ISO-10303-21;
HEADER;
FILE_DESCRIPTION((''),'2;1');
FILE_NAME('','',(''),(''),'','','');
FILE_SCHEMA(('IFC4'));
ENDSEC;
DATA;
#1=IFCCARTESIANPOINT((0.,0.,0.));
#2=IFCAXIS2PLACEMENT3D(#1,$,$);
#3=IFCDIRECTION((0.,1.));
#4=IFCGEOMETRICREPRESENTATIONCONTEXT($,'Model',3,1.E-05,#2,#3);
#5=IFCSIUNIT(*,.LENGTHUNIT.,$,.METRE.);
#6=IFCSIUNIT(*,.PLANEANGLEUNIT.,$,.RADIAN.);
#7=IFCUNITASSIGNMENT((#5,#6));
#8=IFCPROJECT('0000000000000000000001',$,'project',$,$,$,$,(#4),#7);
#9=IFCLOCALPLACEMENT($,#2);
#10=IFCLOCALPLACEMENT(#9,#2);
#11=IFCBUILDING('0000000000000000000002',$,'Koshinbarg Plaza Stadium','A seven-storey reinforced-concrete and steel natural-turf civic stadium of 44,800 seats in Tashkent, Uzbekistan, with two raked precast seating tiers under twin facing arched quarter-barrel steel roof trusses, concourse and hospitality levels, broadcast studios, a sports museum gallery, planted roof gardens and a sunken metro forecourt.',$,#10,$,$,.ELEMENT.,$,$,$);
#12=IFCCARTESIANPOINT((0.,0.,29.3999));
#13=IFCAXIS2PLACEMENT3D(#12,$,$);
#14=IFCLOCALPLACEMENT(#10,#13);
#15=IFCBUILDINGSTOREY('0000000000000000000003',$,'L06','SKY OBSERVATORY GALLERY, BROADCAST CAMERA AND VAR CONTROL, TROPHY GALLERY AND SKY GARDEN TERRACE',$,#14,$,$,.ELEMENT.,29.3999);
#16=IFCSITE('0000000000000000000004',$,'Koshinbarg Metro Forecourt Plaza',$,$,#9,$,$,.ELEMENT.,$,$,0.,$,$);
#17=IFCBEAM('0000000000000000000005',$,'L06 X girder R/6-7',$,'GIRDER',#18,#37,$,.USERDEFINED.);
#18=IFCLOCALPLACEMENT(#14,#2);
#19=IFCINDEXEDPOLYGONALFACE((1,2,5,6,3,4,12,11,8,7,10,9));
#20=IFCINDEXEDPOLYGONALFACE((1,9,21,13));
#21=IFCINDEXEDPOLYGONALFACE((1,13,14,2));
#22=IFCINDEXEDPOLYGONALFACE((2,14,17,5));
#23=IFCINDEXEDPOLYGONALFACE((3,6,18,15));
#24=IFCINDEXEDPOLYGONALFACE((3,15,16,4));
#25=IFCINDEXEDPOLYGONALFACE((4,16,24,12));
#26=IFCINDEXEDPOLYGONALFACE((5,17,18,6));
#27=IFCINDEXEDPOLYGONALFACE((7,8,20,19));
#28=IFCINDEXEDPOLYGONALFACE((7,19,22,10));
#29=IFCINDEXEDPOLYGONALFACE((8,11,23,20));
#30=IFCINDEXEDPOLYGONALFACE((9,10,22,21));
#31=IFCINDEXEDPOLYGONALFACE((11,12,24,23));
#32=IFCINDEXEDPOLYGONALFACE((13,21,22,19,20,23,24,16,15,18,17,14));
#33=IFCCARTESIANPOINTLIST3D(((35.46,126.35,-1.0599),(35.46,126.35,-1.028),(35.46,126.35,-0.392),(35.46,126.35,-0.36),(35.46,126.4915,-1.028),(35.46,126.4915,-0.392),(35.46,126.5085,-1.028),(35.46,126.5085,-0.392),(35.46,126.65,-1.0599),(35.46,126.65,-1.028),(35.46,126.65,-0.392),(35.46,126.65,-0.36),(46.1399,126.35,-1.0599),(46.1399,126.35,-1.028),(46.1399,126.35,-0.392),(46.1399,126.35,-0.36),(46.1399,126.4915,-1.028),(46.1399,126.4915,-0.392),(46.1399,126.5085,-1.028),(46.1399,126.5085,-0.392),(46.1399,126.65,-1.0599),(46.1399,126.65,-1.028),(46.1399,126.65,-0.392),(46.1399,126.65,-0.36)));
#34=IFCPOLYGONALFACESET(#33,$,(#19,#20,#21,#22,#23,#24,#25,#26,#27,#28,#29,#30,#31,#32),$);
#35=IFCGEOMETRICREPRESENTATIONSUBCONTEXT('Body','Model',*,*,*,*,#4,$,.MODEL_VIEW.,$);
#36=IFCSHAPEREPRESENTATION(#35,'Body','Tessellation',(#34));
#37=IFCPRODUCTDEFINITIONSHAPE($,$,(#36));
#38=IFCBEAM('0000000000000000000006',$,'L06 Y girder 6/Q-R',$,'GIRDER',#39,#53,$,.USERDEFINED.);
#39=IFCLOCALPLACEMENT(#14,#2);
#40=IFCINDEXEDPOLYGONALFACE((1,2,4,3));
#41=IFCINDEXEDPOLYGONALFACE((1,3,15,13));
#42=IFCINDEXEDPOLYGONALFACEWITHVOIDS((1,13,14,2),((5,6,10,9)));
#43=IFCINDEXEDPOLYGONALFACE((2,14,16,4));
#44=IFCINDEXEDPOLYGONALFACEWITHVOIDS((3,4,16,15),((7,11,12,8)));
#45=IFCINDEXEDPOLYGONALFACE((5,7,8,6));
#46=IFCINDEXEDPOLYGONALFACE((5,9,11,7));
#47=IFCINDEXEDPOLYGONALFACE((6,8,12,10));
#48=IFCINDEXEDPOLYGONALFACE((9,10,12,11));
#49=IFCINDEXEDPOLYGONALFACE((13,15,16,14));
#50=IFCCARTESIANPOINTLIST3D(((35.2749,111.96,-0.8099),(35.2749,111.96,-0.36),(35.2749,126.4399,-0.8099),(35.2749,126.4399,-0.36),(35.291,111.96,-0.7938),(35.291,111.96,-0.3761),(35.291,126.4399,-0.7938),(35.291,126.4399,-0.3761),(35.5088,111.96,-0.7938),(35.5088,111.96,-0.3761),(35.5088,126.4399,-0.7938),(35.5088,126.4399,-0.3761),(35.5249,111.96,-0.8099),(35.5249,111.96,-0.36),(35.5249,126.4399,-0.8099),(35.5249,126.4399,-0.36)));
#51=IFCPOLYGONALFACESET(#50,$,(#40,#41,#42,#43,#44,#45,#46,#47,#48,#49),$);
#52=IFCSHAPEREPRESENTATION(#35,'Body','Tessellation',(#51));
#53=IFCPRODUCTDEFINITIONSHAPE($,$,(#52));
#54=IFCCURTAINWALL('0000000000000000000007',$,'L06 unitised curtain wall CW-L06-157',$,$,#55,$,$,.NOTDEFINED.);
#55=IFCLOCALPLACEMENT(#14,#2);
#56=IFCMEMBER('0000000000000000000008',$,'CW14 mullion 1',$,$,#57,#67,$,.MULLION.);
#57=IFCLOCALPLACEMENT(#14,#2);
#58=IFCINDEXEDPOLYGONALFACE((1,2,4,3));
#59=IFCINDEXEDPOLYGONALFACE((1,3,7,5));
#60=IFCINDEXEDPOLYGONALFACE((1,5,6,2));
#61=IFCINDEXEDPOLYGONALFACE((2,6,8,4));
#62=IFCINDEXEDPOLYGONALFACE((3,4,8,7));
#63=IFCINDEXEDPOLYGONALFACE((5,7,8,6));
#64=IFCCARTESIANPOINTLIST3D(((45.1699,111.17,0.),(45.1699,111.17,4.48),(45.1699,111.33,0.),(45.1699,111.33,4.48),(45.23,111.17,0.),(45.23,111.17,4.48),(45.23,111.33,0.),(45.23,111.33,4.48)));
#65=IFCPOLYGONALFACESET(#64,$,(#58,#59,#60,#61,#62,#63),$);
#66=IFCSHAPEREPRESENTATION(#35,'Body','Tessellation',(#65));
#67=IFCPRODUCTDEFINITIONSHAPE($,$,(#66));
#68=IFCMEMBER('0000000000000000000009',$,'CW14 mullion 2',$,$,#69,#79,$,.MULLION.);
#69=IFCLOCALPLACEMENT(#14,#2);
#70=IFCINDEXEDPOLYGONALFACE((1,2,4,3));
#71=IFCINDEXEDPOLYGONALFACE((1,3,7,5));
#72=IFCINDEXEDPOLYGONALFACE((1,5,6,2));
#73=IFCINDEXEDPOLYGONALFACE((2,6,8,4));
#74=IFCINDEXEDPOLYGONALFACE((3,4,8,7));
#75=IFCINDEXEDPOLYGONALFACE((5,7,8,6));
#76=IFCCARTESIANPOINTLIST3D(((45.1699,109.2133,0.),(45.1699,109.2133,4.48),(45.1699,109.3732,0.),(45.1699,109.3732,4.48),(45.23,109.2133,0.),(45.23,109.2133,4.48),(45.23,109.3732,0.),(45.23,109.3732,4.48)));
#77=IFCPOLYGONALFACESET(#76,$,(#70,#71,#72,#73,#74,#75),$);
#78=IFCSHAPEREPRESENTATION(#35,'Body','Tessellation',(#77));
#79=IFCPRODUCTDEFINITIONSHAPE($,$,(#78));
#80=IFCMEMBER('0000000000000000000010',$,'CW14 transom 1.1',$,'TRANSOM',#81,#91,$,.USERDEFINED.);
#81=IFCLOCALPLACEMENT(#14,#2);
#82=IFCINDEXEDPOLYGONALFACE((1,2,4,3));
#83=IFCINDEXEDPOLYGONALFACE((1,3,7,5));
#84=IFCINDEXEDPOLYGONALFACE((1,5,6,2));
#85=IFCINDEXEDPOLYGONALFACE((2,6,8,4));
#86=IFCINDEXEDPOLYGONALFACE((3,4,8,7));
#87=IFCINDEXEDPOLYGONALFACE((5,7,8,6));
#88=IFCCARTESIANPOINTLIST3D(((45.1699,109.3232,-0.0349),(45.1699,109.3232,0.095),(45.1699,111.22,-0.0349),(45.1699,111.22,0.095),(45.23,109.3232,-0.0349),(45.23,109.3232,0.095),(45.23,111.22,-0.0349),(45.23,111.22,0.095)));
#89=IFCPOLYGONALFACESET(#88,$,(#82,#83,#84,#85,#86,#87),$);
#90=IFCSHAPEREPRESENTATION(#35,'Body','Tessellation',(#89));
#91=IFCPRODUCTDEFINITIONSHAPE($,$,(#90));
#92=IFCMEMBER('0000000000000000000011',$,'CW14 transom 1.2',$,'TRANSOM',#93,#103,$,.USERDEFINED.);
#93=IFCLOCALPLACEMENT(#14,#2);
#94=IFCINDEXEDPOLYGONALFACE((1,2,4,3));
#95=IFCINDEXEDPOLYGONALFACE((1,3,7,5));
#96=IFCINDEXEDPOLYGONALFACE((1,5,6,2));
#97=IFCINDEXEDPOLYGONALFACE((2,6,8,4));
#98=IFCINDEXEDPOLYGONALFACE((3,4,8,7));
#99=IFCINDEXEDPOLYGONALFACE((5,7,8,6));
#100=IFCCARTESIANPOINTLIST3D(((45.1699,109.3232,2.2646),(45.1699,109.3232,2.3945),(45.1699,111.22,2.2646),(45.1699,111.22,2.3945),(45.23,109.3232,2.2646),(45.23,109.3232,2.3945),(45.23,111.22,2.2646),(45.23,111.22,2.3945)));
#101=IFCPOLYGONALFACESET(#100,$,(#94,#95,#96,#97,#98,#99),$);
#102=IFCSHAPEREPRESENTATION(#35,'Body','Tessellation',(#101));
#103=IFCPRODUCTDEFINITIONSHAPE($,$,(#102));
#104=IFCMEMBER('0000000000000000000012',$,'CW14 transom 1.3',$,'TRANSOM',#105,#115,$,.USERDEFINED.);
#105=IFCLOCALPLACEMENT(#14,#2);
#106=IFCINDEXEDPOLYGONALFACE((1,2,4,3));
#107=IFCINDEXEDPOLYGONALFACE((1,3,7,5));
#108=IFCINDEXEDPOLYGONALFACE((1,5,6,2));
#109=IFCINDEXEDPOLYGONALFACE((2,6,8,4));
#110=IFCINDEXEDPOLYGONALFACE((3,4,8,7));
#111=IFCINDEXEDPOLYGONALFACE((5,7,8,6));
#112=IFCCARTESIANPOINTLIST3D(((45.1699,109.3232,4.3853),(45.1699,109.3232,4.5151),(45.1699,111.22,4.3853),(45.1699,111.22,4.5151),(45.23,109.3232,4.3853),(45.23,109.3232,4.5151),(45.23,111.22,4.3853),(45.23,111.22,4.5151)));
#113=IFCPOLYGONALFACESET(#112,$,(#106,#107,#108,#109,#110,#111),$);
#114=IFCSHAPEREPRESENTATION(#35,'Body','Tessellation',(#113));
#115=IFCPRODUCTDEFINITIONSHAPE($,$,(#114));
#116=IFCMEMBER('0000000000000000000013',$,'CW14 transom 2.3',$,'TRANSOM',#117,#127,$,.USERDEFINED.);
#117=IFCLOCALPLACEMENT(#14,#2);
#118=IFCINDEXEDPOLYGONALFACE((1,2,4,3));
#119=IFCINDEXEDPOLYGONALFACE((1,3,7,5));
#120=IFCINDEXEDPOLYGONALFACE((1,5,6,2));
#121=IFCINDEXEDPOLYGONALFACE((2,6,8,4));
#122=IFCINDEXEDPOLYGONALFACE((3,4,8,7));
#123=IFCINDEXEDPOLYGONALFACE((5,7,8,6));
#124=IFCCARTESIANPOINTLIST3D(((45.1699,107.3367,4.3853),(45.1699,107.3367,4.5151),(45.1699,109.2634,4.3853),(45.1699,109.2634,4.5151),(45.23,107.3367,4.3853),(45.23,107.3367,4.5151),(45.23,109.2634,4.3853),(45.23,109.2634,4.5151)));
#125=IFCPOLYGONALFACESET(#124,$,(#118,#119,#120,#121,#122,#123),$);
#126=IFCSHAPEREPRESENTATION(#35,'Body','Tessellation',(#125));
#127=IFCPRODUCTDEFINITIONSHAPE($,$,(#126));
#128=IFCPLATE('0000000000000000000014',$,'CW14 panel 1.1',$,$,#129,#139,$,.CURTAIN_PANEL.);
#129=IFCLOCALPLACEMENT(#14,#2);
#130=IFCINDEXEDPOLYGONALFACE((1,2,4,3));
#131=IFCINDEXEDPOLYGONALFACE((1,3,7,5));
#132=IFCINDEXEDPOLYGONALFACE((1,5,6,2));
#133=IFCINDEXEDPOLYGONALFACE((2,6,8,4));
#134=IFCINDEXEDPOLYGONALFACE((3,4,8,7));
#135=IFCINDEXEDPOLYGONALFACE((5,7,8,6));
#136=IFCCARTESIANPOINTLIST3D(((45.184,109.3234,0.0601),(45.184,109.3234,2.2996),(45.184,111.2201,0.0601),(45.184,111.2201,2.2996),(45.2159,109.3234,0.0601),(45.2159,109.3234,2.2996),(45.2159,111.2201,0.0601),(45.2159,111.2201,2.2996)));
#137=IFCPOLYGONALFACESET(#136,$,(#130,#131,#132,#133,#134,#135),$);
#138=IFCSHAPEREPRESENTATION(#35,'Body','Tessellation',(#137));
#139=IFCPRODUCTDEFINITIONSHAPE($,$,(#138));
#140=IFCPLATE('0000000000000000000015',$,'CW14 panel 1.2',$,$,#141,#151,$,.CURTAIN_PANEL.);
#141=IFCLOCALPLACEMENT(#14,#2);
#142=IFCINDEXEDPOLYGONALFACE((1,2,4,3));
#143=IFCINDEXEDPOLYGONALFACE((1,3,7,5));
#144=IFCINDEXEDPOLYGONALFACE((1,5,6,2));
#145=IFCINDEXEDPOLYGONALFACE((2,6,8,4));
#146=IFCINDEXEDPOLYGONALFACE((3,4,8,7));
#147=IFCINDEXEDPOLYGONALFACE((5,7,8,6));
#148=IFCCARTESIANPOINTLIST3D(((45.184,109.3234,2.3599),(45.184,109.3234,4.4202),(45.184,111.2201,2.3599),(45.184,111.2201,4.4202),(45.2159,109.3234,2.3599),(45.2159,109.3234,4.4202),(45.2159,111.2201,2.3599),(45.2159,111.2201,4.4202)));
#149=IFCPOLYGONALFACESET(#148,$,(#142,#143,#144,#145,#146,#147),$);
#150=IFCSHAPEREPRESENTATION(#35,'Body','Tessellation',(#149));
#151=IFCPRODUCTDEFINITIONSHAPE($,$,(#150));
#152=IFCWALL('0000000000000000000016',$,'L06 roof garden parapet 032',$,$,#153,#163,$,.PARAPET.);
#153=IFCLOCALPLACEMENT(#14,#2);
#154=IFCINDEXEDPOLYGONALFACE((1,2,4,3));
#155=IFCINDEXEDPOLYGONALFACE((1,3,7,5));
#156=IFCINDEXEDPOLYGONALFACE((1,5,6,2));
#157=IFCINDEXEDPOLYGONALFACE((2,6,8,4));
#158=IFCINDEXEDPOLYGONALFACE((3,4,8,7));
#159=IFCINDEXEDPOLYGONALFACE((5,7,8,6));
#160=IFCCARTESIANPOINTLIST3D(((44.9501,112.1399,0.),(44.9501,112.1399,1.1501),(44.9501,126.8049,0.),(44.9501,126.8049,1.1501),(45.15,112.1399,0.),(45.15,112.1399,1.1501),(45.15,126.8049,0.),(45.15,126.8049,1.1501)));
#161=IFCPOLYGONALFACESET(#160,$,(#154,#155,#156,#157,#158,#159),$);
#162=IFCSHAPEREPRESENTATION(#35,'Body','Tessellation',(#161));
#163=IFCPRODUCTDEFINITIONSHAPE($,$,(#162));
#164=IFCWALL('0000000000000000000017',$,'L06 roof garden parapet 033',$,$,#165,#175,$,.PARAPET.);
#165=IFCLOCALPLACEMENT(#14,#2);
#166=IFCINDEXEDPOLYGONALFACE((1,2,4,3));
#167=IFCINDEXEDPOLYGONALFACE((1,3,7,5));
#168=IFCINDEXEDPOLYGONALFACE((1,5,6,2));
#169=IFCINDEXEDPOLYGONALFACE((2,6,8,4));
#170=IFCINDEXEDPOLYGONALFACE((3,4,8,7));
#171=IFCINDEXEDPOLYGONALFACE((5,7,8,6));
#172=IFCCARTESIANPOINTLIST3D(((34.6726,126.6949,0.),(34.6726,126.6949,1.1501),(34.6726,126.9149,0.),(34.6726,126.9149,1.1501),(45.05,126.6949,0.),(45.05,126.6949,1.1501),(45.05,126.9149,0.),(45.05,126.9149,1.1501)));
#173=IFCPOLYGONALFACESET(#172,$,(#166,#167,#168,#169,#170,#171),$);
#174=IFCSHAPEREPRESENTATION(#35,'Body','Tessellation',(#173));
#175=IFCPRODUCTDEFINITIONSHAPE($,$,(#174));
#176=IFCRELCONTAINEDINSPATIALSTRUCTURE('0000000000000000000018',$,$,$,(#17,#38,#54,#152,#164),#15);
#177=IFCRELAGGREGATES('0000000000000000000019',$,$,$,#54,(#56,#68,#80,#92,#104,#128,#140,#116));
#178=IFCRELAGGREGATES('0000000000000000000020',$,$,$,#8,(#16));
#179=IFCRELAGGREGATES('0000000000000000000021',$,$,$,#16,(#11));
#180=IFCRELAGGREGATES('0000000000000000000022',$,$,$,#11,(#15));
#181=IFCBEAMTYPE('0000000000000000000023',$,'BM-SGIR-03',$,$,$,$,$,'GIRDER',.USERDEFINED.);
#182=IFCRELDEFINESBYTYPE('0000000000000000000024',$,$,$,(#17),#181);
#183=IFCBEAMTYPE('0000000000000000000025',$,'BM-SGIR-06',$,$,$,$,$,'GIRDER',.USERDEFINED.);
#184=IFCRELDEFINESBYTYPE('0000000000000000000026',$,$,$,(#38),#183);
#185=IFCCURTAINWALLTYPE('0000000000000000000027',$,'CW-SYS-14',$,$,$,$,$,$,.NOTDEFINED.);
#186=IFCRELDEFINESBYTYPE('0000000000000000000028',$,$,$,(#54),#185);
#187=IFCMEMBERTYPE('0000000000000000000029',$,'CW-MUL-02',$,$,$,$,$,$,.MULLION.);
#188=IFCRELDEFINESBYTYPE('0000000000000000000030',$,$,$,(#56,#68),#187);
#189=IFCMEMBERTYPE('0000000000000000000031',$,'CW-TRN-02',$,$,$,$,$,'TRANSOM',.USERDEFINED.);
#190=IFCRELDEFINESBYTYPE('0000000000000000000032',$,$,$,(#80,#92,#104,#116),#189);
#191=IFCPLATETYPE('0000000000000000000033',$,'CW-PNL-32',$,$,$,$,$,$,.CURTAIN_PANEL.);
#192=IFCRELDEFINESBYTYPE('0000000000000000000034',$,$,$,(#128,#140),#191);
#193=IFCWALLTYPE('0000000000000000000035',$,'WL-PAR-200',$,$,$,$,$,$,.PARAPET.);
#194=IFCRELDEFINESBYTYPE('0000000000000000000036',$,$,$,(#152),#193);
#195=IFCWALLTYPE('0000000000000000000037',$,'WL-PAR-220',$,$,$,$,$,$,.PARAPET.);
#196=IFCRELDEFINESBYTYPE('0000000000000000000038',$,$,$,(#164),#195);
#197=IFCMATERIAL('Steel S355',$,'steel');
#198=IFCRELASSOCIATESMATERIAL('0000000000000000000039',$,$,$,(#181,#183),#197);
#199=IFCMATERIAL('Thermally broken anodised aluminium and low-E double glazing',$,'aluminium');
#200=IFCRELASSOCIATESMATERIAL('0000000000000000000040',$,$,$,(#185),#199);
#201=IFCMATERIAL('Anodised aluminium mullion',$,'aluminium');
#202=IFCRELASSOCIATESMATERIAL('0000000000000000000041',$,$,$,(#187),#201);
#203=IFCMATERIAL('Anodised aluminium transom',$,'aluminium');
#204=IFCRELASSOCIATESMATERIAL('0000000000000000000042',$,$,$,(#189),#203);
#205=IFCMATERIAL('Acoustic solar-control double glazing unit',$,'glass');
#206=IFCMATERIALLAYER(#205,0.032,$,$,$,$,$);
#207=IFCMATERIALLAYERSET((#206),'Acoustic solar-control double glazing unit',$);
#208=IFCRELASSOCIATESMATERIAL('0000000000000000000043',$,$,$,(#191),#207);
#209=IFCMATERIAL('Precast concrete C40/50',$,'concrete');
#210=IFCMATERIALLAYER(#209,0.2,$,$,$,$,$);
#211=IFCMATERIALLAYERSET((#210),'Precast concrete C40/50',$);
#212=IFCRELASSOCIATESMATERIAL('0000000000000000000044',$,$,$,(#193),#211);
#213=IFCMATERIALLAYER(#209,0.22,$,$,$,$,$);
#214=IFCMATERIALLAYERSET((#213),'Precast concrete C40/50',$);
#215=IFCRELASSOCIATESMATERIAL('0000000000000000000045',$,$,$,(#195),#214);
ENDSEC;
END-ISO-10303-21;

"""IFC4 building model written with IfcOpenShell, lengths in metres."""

from ifc_helpers import new_model, si_unit, direction, frame, frame_2d, origin, origin_2d, place, context, subcontext, project, spatial, rectangle, hollow_rectangle, i_section, extrude, material, layer, layer_set, material_profile, profile_set, type_object, element, aggregate, save


model = new_model("IFC4")

# Units and contexts
model_context = context("Model", 3, precision=1e-05, world=origin(), true_north=direction((0.0, 1.0)))
body_context = subcontext(model_context, "Body", "Model", "MODEL_VIEW")
ifc_project = project(units=[si_unit("LENGTHUNIT", "METRE"), si_unit("PLANEANGLEUNIT", "RADIAN")], contexts=[model_context])

# Site, building, storey
site_placement = place(None, origin())
site = spatial("IfcSite", under=ifc_project, at=site_placement, Name="Koshinbarg Metro Forecourt Plaza", CompositionType="ELEMENT", RefElevation=0.0)
building_placement = place(site_placement, origin())
building = spatial("IfcBuilding", under=site, at=building_placement, Name="Koshinbarg Plaza Stadium", Description="A seven-storey reinforced-concrete and steel natural-turf civic stadium of 44,800 seats in Tashkent, Uzbekistan, with two raked precast seating tiers under twin facing arched quarter-barrel steel roof trusses, concourse and hospitality levels, broadcast studios, a sports museum gallery, planted roof gardens and a sunken metro forecourt.", CompositionType="ELEMENT")
storey_placement = place(building_placement, frame((0.0, 0.0, 29.3999)))
storey = spatial("IfcBuildingStorey", under=building, at=storey_placement, Name="L06", Description="SKY OBSERVATORY GALLERY, BROADCAST CAMERA AND VAR CONTROL, TROPHY GALLERY AND SKY GARDEN TERRACE", CompositionType="ELEMENT", Elevation=29.3999)

# Beams
ifc_material_1 = material(Name="Steel S355", Category="steel")
ifc_material_profile_1 = material_profile(ifc_material_1, i_section(OverallWidth=0.3, OverallDepth=0.7, WebThickness=0.0171, FlangeThickness=0.032, at=origin_2d()), Name="HEB 700")
ifc_profile_set_1 = profile_set([ifc_material_profile_1], Name="Steel S355")
beam_type_1 = type_object("IfcBeamType", Name="BM-SGIR-03", ElementType="GIRDER", PredefinedType="USERDEFINED", material=ifc_profile_set_1)
beam_1_placement = place(storey_placement, frame((35.46, 126.5, -0.71), z_axis=(1.0, 0.0, 0.0), x_axis=(0.0, 1.0, 0.0)))
element("IfcBeam", 1, at=beam_1_placement, inside=storey, type_object=beam_type_1, Name="L06 X girder R/6-7", ObjectType="GIRDER", PredefinedType="USERDEFINED", context=body_context, shape_type="SweptSolid", body=[
    extrude(i_section(OverallWidth=0.3, OverallDepth=0.7, WebThickness=0.0171, FlangeThickness=0.032, at=origin_2d()), origin(), (0.0, 0.0, 1.0), 10.6799),
])
ifc_material_profile_2 = material_profile(ifc_material_1, hollow_rectangle(XDim=0.25, YDim=0.45, WallThickness=0.0161, at=origin_2d()), Name="RHS 450x250x16")
ifc_profile_set_2 = profile_set([ifc_material_profile_2], Name="Steel S355")
beam_type_2 = type_object("IfcBeamType", Name="BM-SGIR-06", ElementType="GIRDER", PredefinedType="USERDEFINED", material=ifc_profile_set_2)
beam_2_placement = place(storey_placement, frame((35.3999, 111.96, -0.585), z_axis=(0.0, 1.0, 0.0), x_axis=(-1.0, 0.0, 0.0)))
element("IfcBeam", 2, at=beam_2_placement, inside=storey, type_object=beam_type_2, Name="L06 Y girder 6/Q-R", ObjectType="GIRDER", PredefinedType="USERDEFINED", context=body_context, shape_type="SweptSolid", body=[
    extrude(hollow_rectangle(XDim=0.25, YDim=0.45, WallThickness=0.0161, at=origin_2d()), origin(), (0.0, 0.0, 1.0), 14.48),
])

# Curtain wall, members, plates
ifc_material_2 = material(Name="Thermally broken anodised aluminium and low-E double glazing", Category="aluminium")
curtain_wall_type = type_object("IfcCurtainWallType", Name="CW-SYS-14", PredefinedType="NOTDEFINED", material=ifc_material_2)
curtain_wall_placement = place(storey_placement, origin())
curtain_wall = element("IfcCurtainWall", 3, at=curtain_wall_placement, inside=storey, type_object=curtain_wall_type, Name="L06 unitised curtain wall CW-L06-157", PredefinedType="NOTDEFINED")
ifc_material_3 = material(Name="Anodised aluminium mullion", Category="aluminium")
ifc_material_profile_3 = material_profile(ifc_material_3, rectangle(XDim=0.0601, YDim=0.1599, at=origin_2d()), Name="ALU 60x160")
ifc_profile_set_3 = profile_set([ifc_material_profile_3], Name="Anodised aluminium mullion")
member_type_1 = type_object("IfcMemberType", Name="CW-MUL-02", PredefinedType="MULLION", material=ifc_profile_set_3)
member_1_placement = place(storey_placement, frame((45.2, 111.25, 0.0), z_axis=(0.0, 0.0, 1.0), x_axis=(1.0, 0.0, 0.0)))
member_1 = element("IfcMember", 4, at=member_1_placement, type_object=member_type_1, Name="CW14 mullion 1", PredefinedType="MULLION", context=body_context, shape_type="SweptSolid", body=[
    extrude(rectangle(XDim=0.0601, YDim=0.1599, at=origin_2d()), origin(), (0.0, 0.0, 1.0), 4.48),
])
member_2_placement = place(storey_placement, frame((45.2, 109.2932, 0.0), z_axis=(0.0, 0.0, 1.0), x_axis=(1.0, 0.0, 0.0)))
member_2 = element("IfcMember", 5, at=member_2_placement, type_object=member_type_1, Name="CW14 mullion 2", PredefinedType="MULLION", context=body_context, shape_type="SweptSolid", body=[
    extrude(rectangle(XDim=0.0601, YDim=0.1599, at=origin_2d()), origin(), (0.0, 0.0, 1.0), 4.48),
])
ifc_material_4 = material(Name="Anodised aluminium transom", Category="aluminium")
ifc_material_profile_4 = material_profile(ifc_material_4, rectangle(XDim=0.0601, YDim=0.1299, at=origin_2d()), Name="ALU 60x130")
ifc_profile_set_4 = profile_set([ifc_material_profile_4], Name="Anodised aluminium transom")
member_type_2 = type_object("IfcMemberType", Name="CW-TRN-02", ElementType="TRANSOM", PredefinedType="USERDEFINED", material=ifc_profile_set_4)
member_3_placement = place(storey_placement, frame((45.2, 111.22, 0.03), z_axis=(0.0, -1.0, 0.0), x_axis=(1.0, 0.0, 0.0)))
member_3 = element("IfcMember", 6, at=member_3_placement, type_object=member_type_2, Name="CW14 transom 1.1", ObjectType="TRANSOM", PredefinedType="USERDEFINED", context=body_context, shape_type="SweptSolid", body=[
    extrude(rectangle(XDim=0.0601, YDim=0.1299, at=origin_2d()), origin(), (0.0, 0.0, 1.0), 1.8967),
])
member_4_placement = place(storey_placement, frame((45.2, 111.22, 2.3296), z_axis=(0.0, -1.0, 0.0), x_axis=(1.0, 0.0, 0.0)))
member_4 = element("IfcMember", 7, at=member_4_placement, type_object=member_type_2, Name="CW14 transom 1.2", ObjectType="TRANSOM", PredefinedType="USERDEFINED", context=body_context, shape_type="SweptSolid", body=[
    extrude(rectangle(XDim=0.0601, YDim=0.1299, at=origin_2d()), origin(), (0.0, 0.0, 1.0), 1.8967),
])
member_5_placement = place(storey_placement, frame((45.2, 111.22, 4.4502), z_axis=(0.0, -1.0, 0.0), x_axis=(1.0, 0.0, 0.0)))
member_5 = element("IfcMember", 8, at=member_5_placement, type_object=member_type_2, Name="CW14 transom 1.3", ObjectType="TRANSOM", PredefinedType="USERDEFINED", context=body_context, shape_type="SweptSolid", body=[
    extrude(rectangle(XDim=0.0601, YDim=0.1299, at=origin_2d()), origin(), (0.0, 0.0, 1.0), 1.8967),
])
member_6_placement = place(storey_placement, frame((45.2, 109.2634, 4.4502), z_axis=(0.0, -1.0, 0.0), x_axis=(1.0, 0.0, 0.0)))
member_6 = element("IfcMember", 9, at=member_6_placement, type_object=member_type_2, Name="CW14 transom 2.3", ObjectType="TRANSOM", PredefinedType="USERDEFINED", context=body_context, shape_type="SweptSolid", body=[
    extrude(rectangle(XDim=0.0601, YDim=0.1299, at=origin_2d()), origin(), (0.0, 0.0, 1.0), 1.9268),
])
ifc_material_5 = material(Name="Acoustic solar-control double glazing unit", Category="glass")
ifc_layer_1 = layer(ifc_material_5, 0.032)
ifc_layer_set_1 = layer_set([ifc_layer_1], Name="Acoustic solar-control double glazing unit")
plate_type = type_object("IfcPlateType", Name="CW-PNL-32", PredefinedType="CURTAIN_PANEL", material=ifc_layer_set_1)
plate_1_placement = place(storey_placement, frame((45.2, 110.2717, 0.0601), z_axis=(0.0, 0.0, 1.0), x_axis=(0.0, -1.0, 0.0)))
plate_1 = element("IfcPlate", 10, at=plate_1_placement, type_object=plate_type, Name="CW14 panel 1.1", PredefinedType="CURTAIN_PANEL", context=body_context, shape_type="SweptSolid", body=[
    extrude(rectangle(XDim=1.8967, YDim=0.032, at=origin_2d()), origin(), (0.0, 0.0, 1.0), 2.2395),
])
plate_2_placement = place(storey_placement, frame((45.2, 110.2717, 2.3599), z_axis=(0.0, 0.0, 1.0), x_axis=(0.0, -1.0, 0.0)))
plate_2 = element("IfcPlate", 11, at=plate_2_placement, type_object=plate_type, Name="CW14 panel 1.2", PredefinedType="CURTAIN_PANEL", context=body_context, shape_type="SweptSolid", body=[
    extrude(rectangle(XDim=1.8967, YDim=0.032, at=origin_2d()), origin(), (0.0, 0.0, 1.0), 2.0603),
])
aggregate(curtain_wall, [member_1, member_2, member_3, member_4, member_5, plate_1, plate_2, member_6])

# Walls
ifc_material_6 = material(Name="Precast concrete C40/50", Category="concrete")
ifc_layer_2 = layer(ifc_material_6, 0.2)
ifc_layer_set_2 = layer_set([ifc_layer_2], Name="Precast concrete C40/50")
wall_type_1 = type_object("IfcWallType", Name="WL-PAR-200", PredefinedType="PARAPET", material=ifc_layer_set_2)
wall_1_placement = place(storey_placement, frame((45.05, 112.1399, 0.0), z_axis=(0.0, 0.0, 1.0), x_axis=(0.0, 1.0, 0.0)))
element("IfcWall", 12, at=wall_1_placement, inside=storey, type_object=wall_type_1, Name="L06 roof garden parapet 032", PredefinedType="PARAPET", context=body_context, shape_type="SweptSolid", body=[
    extrude(rectangle(XDim=14.665, YDim=0.2, at=frame_2d((7.3325, 0.0))), origin(), (0.0, 0.0, 1.0), 1.1501),
])
ifc_layer_3 = layer(ifc_material_6, 0.22)
ifc_layer_set_3 = layer_set([ifc_layer_3], Name="Precast concrete C40/50")
wall_type_2 = type_object("IfcWallType", Name="WL-PAR-220", PredefinedType="PARAPET", material=ifc_layer_set_3)
wall_2_placement = place(storey_placement, frame((45.05, 126.8049, 0.0), z_axis=(0.0, 0.0, 1.0), x_axis=(-1.0, 0.0, 0.0)))
element("IfcWall", 13, at=wall_2_placement, inside=storey, type_object=wall_type_2, Name="L06 roof garden parapet 033", PredefinedType="PARAPET", context=body_context, shape_type="SweptSolid", body=[
    extrude(rectangle(XDim=10.3774, YDim=0.22, at=frame_2d((5.1887, 0.0))), origin(), (0.0, 0.0, 1.0), 1.1501),
])

save(model, "model.ifc")
